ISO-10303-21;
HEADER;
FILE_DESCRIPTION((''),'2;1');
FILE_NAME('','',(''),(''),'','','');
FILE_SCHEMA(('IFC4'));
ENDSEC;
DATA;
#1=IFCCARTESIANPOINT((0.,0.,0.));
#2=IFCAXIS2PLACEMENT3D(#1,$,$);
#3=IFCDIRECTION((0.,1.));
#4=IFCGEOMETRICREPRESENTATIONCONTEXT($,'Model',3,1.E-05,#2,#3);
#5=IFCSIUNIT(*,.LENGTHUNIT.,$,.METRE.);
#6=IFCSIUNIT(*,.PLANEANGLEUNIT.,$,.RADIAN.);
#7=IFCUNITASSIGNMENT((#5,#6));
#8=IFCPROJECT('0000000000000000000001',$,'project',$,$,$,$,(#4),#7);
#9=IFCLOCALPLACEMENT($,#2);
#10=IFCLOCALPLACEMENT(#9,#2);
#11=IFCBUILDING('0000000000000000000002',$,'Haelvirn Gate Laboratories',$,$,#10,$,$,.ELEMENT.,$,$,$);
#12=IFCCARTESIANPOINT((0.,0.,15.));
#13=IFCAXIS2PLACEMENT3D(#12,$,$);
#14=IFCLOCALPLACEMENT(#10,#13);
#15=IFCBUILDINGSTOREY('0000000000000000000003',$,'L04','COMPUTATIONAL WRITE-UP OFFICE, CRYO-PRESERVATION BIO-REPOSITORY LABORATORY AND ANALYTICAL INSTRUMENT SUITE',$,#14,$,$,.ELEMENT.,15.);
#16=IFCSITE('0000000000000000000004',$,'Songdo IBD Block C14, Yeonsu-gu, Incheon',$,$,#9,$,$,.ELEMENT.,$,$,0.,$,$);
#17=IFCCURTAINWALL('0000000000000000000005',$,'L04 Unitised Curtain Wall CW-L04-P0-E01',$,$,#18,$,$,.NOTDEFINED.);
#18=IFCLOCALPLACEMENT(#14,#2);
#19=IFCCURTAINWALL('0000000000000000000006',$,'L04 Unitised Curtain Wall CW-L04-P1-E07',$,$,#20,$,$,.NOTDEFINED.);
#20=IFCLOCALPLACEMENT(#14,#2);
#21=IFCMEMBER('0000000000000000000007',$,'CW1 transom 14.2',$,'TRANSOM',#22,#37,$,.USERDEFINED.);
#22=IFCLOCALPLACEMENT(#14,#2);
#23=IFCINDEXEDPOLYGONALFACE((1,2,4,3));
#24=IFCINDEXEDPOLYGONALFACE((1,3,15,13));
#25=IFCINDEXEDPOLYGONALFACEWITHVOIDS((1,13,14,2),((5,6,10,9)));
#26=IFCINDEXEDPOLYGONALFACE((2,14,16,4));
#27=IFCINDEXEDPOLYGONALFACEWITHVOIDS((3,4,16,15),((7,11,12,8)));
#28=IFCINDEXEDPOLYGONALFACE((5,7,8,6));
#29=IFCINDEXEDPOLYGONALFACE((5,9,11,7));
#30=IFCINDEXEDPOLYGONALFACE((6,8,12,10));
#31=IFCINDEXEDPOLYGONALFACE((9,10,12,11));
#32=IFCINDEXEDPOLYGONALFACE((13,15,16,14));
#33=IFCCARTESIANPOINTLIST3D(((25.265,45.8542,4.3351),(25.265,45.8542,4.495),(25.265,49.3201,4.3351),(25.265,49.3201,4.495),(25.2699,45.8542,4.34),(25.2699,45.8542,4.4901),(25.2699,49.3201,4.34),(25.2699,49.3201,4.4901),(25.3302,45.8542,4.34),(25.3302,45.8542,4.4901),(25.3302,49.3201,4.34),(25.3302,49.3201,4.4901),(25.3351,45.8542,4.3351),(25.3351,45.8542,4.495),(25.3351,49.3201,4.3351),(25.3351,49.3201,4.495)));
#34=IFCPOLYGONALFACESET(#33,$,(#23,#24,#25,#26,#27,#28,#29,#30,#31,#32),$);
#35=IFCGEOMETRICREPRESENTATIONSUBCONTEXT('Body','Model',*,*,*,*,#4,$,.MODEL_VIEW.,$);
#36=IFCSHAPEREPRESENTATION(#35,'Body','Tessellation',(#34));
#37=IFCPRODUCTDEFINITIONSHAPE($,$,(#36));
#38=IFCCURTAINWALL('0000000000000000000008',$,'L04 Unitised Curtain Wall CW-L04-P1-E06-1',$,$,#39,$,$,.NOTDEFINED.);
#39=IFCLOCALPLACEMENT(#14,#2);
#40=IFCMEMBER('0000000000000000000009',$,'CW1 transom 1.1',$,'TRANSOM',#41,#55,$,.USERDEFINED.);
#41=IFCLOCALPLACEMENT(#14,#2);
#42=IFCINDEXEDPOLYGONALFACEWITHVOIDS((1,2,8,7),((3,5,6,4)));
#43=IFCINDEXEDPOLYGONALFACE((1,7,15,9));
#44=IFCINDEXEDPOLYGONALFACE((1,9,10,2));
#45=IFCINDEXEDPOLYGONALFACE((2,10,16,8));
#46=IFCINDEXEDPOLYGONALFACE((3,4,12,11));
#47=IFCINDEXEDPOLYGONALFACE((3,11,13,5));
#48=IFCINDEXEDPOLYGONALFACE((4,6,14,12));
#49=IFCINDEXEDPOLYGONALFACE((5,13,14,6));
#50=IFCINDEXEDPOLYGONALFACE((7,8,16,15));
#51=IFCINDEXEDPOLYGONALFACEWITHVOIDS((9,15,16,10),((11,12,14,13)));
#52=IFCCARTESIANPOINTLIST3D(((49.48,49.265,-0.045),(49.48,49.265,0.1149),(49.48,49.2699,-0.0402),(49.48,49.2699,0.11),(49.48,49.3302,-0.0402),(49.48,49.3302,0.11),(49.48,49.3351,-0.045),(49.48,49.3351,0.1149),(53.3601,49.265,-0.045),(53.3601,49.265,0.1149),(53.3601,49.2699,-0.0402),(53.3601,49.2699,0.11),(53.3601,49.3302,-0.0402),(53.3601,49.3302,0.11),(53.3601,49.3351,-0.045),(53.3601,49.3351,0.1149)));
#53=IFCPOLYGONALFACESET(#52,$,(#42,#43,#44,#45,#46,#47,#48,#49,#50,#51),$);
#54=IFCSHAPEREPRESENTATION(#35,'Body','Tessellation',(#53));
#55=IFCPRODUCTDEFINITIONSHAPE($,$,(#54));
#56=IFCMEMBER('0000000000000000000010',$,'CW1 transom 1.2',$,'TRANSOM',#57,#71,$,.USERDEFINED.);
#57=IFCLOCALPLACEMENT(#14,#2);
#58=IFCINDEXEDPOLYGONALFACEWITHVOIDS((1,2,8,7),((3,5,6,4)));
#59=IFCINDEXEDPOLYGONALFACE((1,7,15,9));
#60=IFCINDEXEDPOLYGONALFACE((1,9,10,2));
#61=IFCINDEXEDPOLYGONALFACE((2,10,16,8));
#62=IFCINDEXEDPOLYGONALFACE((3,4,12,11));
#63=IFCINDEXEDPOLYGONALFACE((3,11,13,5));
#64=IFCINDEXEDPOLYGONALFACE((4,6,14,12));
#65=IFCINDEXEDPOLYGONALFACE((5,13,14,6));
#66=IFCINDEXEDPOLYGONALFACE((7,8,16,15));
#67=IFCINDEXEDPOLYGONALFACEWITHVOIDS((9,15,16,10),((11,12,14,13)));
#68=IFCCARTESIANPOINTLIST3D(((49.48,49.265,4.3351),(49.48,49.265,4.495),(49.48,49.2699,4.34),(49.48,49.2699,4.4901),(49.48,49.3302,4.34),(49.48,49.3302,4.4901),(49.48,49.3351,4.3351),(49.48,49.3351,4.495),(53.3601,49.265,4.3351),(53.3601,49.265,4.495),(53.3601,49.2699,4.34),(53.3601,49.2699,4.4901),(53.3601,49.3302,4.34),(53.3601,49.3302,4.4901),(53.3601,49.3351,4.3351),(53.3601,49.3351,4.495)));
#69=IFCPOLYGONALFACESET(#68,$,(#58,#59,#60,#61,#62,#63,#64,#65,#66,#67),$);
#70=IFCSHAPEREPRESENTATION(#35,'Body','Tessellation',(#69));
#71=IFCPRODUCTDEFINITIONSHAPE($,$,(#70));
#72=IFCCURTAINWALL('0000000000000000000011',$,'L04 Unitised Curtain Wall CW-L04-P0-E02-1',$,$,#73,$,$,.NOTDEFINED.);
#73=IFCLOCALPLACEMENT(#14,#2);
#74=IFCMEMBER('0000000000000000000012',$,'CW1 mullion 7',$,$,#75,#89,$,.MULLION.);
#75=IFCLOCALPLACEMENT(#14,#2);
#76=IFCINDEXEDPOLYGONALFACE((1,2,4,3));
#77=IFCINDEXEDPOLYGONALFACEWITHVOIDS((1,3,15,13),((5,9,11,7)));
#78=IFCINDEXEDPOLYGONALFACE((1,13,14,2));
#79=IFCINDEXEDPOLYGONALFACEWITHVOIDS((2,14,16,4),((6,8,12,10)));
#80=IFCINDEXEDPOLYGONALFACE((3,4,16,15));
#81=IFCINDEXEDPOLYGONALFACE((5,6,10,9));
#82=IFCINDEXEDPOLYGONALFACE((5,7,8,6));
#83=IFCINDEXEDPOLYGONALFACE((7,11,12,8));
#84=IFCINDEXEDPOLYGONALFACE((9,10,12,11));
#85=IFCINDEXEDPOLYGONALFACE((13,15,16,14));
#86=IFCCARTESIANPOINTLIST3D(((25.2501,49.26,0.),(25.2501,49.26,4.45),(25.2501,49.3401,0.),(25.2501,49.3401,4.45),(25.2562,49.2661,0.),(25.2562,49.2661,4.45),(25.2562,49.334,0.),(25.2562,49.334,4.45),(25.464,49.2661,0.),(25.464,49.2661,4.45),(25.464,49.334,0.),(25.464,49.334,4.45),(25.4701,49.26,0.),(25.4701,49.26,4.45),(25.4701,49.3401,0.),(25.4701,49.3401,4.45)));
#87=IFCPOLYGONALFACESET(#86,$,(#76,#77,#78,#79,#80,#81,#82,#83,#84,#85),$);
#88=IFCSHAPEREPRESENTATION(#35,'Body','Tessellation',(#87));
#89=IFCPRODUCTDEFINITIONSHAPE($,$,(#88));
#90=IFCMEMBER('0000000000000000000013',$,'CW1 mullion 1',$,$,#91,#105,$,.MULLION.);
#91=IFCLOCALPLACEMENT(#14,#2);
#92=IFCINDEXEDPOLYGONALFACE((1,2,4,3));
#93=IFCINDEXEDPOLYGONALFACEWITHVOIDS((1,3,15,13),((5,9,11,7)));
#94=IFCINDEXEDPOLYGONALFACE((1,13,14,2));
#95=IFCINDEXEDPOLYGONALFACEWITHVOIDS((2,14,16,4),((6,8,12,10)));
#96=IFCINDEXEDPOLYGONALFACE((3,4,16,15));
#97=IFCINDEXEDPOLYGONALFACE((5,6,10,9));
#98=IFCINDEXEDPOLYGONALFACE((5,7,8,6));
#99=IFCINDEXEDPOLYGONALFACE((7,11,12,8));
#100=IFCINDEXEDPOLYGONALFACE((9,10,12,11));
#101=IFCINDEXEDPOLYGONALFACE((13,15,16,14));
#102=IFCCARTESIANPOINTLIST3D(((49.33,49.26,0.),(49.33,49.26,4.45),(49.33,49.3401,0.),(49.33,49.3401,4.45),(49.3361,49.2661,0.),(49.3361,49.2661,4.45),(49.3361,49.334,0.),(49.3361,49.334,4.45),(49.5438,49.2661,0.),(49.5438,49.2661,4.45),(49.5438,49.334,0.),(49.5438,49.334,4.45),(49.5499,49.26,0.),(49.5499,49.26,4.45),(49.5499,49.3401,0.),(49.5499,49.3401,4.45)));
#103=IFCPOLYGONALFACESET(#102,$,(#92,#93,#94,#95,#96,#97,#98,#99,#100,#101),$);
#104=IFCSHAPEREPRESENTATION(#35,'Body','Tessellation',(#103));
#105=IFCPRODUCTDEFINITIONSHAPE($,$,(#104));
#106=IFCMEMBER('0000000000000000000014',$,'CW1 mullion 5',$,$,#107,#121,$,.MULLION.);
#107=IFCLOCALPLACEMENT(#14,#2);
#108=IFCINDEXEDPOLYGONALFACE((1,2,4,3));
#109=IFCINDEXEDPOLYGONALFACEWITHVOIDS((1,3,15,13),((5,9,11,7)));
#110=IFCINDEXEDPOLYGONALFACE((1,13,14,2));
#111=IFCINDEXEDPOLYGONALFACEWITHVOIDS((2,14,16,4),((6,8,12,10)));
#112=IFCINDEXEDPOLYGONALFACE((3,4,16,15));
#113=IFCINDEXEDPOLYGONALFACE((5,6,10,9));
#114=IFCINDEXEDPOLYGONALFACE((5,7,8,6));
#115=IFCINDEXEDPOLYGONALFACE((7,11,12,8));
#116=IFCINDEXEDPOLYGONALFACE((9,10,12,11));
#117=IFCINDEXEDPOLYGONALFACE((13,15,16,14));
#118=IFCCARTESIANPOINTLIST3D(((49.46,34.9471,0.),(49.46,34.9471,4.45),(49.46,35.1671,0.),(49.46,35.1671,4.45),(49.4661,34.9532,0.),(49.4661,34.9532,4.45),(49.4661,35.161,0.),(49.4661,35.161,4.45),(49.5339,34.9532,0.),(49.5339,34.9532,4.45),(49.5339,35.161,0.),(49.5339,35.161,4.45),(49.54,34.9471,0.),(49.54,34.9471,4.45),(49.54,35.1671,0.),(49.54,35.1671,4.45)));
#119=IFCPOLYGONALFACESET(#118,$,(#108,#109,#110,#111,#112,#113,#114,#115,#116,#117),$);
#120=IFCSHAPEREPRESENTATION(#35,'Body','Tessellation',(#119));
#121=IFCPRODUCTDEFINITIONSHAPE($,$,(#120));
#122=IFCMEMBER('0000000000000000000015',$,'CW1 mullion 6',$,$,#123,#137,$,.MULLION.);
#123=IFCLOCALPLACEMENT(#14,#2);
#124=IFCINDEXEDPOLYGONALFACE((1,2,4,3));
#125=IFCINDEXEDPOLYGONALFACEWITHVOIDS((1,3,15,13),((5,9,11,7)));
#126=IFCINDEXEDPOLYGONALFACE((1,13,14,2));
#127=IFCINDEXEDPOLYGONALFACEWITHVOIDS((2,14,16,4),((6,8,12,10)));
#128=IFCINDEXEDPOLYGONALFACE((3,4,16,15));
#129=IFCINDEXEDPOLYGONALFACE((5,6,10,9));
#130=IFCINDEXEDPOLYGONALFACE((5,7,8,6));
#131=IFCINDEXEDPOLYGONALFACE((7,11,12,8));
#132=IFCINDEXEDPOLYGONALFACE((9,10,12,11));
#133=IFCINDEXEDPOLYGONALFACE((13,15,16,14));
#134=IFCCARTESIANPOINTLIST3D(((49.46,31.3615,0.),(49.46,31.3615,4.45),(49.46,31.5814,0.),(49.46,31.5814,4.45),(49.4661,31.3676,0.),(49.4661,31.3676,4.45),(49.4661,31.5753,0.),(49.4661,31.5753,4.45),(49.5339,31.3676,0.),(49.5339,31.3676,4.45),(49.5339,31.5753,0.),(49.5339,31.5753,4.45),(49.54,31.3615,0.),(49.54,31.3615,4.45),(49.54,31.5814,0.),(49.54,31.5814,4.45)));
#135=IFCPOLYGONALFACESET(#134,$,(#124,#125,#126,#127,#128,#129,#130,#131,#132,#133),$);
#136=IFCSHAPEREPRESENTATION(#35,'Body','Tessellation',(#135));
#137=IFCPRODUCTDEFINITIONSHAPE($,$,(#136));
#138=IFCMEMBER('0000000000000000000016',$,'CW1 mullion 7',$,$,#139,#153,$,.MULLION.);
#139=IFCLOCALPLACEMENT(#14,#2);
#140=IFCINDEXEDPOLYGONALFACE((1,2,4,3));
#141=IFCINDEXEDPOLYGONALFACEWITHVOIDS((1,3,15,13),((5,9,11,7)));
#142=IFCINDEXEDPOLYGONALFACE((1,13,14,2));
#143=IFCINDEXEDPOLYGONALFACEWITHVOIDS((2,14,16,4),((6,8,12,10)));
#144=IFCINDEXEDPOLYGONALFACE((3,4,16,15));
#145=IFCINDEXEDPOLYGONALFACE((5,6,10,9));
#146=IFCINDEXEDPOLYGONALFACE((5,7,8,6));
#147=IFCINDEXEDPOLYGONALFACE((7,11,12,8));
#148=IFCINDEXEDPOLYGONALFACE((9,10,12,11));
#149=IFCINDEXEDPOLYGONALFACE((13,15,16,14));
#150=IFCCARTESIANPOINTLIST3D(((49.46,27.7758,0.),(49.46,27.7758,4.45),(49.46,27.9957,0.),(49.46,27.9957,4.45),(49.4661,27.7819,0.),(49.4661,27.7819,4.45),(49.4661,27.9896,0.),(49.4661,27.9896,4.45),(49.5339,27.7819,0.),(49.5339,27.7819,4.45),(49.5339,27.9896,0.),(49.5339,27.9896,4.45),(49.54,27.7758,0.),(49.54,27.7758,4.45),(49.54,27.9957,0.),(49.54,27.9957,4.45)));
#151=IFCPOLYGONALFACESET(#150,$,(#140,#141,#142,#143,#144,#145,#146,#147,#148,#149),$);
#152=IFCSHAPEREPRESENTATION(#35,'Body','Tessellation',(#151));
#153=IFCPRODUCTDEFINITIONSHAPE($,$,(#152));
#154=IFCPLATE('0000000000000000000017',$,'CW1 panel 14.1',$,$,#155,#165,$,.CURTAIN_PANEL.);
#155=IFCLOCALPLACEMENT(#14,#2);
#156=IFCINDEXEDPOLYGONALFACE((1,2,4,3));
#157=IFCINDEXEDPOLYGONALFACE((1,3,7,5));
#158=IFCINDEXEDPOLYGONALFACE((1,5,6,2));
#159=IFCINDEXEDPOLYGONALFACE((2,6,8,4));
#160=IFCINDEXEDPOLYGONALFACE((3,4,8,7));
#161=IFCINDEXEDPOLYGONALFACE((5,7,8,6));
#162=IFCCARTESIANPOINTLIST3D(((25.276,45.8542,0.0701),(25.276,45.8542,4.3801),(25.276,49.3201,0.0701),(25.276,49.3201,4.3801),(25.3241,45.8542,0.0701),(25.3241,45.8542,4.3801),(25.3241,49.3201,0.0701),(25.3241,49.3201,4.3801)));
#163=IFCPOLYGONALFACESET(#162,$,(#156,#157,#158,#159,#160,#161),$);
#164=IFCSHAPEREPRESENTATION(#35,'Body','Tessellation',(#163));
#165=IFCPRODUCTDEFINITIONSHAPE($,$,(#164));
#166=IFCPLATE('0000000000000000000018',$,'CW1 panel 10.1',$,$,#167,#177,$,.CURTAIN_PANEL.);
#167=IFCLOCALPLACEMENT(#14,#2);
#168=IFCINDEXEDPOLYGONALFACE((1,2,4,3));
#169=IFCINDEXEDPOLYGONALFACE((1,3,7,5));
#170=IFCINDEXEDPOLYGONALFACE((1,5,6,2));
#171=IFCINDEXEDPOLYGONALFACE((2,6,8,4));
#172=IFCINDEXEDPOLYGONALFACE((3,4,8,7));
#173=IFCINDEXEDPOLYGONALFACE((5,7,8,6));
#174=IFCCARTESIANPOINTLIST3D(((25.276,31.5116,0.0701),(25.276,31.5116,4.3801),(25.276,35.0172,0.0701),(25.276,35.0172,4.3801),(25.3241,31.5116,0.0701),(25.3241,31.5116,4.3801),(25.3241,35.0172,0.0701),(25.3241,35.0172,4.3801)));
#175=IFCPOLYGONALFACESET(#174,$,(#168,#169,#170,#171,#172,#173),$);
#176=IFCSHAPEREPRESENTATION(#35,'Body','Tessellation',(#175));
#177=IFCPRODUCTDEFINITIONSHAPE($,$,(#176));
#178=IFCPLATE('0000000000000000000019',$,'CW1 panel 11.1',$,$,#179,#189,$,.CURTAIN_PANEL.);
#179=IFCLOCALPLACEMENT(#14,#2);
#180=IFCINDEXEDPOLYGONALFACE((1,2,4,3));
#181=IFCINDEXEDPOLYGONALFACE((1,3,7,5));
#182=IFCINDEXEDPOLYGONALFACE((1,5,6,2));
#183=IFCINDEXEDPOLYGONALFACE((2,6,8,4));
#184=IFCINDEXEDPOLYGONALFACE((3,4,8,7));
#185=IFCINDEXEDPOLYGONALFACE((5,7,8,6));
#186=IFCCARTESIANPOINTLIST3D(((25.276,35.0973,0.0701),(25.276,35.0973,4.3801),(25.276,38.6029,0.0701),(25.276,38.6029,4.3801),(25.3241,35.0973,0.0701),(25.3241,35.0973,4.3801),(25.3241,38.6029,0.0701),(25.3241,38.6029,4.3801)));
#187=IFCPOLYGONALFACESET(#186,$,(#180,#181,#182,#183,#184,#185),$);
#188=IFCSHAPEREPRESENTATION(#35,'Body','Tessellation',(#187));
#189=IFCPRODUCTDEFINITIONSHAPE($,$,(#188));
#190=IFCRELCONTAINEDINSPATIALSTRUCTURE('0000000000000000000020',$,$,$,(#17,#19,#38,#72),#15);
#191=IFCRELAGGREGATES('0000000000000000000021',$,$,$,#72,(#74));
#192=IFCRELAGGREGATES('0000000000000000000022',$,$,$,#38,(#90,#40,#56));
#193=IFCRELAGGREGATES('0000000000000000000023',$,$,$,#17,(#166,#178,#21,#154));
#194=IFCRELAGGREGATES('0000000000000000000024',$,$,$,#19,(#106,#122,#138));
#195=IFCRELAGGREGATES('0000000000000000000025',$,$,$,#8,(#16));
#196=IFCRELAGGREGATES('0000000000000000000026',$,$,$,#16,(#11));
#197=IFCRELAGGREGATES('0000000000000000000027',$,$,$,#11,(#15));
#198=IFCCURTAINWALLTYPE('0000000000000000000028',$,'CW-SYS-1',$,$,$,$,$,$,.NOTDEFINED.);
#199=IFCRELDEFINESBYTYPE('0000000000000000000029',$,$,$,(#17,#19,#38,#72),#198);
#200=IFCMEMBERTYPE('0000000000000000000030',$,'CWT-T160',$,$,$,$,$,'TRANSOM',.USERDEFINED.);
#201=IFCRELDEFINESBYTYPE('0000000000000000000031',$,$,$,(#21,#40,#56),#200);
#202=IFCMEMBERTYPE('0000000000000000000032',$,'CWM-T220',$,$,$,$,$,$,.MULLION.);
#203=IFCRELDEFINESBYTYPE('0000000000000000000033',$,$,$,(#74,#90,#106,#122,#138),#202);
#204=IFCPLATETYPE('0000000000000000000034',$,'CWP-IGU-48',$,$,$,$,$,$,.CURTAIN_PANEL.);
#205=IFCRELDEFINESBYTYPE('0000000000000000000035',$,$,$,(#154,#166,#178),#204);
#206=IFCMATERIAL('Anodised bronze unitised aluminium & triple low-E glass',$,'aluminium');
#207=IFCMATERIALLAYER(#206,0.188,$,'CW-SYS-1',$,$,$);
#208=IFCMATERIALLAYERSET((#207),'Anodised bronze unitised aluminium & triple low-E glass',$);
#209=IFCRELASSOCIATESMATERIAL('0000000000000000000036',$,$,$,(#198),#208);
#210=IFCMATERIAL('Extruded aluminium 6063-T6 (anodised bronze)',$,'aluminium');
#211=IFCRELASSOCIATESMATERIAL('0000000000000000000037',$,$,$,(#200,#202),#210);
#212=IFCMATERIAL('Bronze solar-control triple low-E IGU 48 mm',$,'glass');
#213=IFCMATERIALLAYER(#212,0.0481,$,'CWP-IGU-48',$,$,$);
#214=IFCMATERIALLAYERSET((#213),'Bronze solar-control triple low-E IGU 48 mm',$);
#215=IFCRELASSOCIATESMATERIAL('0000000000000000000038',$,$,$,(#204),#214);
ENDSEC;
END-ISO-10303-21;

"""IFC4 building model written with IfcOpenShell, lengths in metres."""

from ifc_helpers import new_model, si_unit, direction, frame, origin, origin_2d, place, context, subcontext, project, spatial, rectangle, hollow_rectangle, extrude, source, transform, mapped, material, layer, layer_set, material_profile, profile_set, type_object, type_shapes, element, aggregate, save


model = new_model("IFC4")

# Units and contexts
model_context = context("Model", 3, precision=1e-05, world=origin(), true_north=direction((0.0, 1.0)))
body_context = subcontext(model_context, "Body", "Model", "MODEL_VIEW")
ifc_project = project(units=[si_unit("LENGTHUNIT", "METRE"), si_unit("PLANEANGLEUNIT", "RADIAN")], contexts=[model_context])

# Site, building, storey
site_placement = place(None, origin())
site = spatial("IfcSite", under=ifc_project, at=site_placement, Name="Songdo IBD Block C14, Yeonsu-gu, Incheon", CompositionType="ELEMENT", RefElevation=0.0)
building_placement = place(site_placement, origin())
building = spatial("IfcBuilding", under=site, at=building_placement, Name="Haelvirn Gate Laboratories", CompositionType="ELEMENT")
storey_placement = place(building_placement, frame((0.0, 0.0, 15.0)))
storey = spatial("IfcBuildingStorey", under=building, at=storey_placement, Name="L04", Description="COMPUTATIONAL WRITE-UP OFFICE, CRYO-PRESERVATION BIO-REPOSITORY LABORATORY AND ANALYTICAL INSTRUMENT SUITE", CompositionType="ELEMENT", Elevation=15.0)

# Curtain walls
ifc_material_1 = material(Name="Anodised bronze unitised aluminium & triple low-E glass", Category="aluminium")
ifc_layer_1 = layer(ifc_material_1, 0.188, Name="CW-SYS-1")
ifc_layer_set_1 = layer_set([ifc_layer_1], Name="Anodised bronze unitised aluminium & triple low-E glass")
curtain_wall_type = type_object("IfcCurtainWallType", Name="CW-SYS-1", PredefinedType="NOTDEFINED", material=ifc_layer_set_1)
curtain_wall_1_placement = place(storey_placement, origin())
curtain_wall_1 = element("IfcCurtainWall", 1, at=curtain_wall_1_placement, inside=storey, type_object=curtain_wall_type, Name="L04 Unitised Curtain Wall CW-L04-P0-E01", PredefinedType="NOTDEFINED")
ifc_material_2 = material(Name="Extruded aluminium 6063-T6 (anodised bronze)", Category="aluminium")
ifc_material_profile_1 = material_profile(ifc_material_2, hollow_rectangle(XDim=0.0701, YDim=0.1599, WallThickness=0.0049, at=origin_2d()), Name="CWT-160x70x5")
ifc_profile_set_1 = profile_set([ifc_material_profile_1], Name="Extruded aluminium 6063-T6 (anodised bronze)")
member_type_1 = type_object("IfcMemberType", Name="CWT-T160", ElementType="TRANSOM", PredefinedType="USERDEFINED", material=ifc_profile_set_1)
curtain_wall_2_placement = place(storey_placement, origin())
curtain_wall_2 = element("IfcCurtainWall", 2, at=curtain_wall_2_placement, inside=storey, type_object=curtain_wall_type, Name="L04 Unitised Curtain Wall CW-L04-P1-E07", PredefinedType="NOTDEFINED")

# Member
shared_shape_1 = source(origin(), body_context, "Body", "SweptSolid", [
    extrude(hollow_rectangle(XDim=0.0701, YDim=0.1599, WallThickness=0.0049, at=origin_2d()), origin(), (0.0, 0.0, 1.0), 3.4658),
])
member_1_placement = place(storey_placement, frame((25.3, 45.8542, 4.415), z_axis=(0.0, 1.0, 0.0), x_axis=(-1.0, 0.0, 0.0)))
member_1 = element("IfcMember", 3, at=member_1_placement, type_object=member_type_1, Name="CW1 transom 14.2", ObjectType="TRANSOM", PredefinedType="USERDEFINED", context=body_context, shape_type="MappedRepresentation", body=[
    mapped(shared_shape_1, transform((0.0, 0.0, 0.0), scale=1.0)),
])

# Curtain wall, members
curtain_wall_3_placement = place(storey_placement, origin())
curtain_wall_3 = element("IfcCurtainWall", 4, at=curtain_wall_3_placement, inside=storey, type_object=curtain_wall_type, Name="L04 Unitised Curtain Wall CW-L04-P1-E06-1", PredefinedType="NOTDEFINED")
shared_shape_2 = source(origin(), body_context, "Body", "SweptSolid", [
    extrude(hollow_rectangle(XDim=0.0701, YDim=0.1599, WallThickness=0.0049, at=origin_2d()), origin(), (0.0, 0.0, 1.0), 3.8801),
])
member_2_placement = place(storey_placement, frame((49.48, 49.3, 0.0349), z_axis=(1.0, 0.0, 0.0), x_axis=(0.0, 1.0, 0.0)))
member_2 = element("IfcMember", 5, at=member_2_placement, type_object=member_type_1, Name="CW1 transom 1.1", ObjectType="TRANSOM", PredefinedType="USERDEFINED", context=body_context, shape_type="MappedRepresentation", body=[
    mapped(shared_shape_2, transform((0.0, 0.0, 0.0), scale=1.0)),
])
member_3_placement = place(storey_placement, frame((49.48, 49.3, 4.415), z_axis=(1.0, 0.0, 0.0), x_axis=(0.0, 1.0, 0.0)))
member_3 = element("IfcMember", 6, at=member_3_placement, type_object=member_type_1, Name="CW1 transom 1.2", ObjectType="TRANSOM", PredefinedType="USERDEFINED", context=body_context, shape_type="MappedRepresentation", body=[
    mapped(shared_shape_2, transform((0.0, 0.0, 0.0), scale=1.0)),
])

# Curtain wall, member
curtain_wall_4_placement = place(storey_placement, origin())
curtain_wall_4 = element("IfcCurtainWall", 7, at=curtain_wall_4_placement, inside=storey, type_object=curtain_wall_type, Name="L04 Unitised Curtain Wall CW-L04-P0-E02-1", PredefinedType="NOTDEFINED")
ifc_material_profile_2 = material_profile(ifc_material_2, hollow_rectangle(XDim=0.0801, YDim=0.22, WallThickness=0.0061, at=origin_2d()), Name="CWM-220x80x6")
ifc_profile_set_2 = profile_set([ifc_material_profile_2], Name="Extruded aluminium 6063-T6 (anodised bronze)")
member_type_2 = type_object("IfcMemberType", Name="CWM-T220", PredefinedType="MULLION", material=ifc_profile_set_2)
shared_shape_3 = source(origin(), body_context, "Body", "SweptSolid", [
    extrude(hollow_rectangle(XDim=0.0801, YDim=0.22, WallThickness=0.0061, at=origin_2d()), origin(), (0.0, 0.0, 1.0), 4.45),
])
type_shapes(member_type_2, [shared_shape_3])
member_4_placement = place(storey_placement, frame((25.3601, 49.3, 0.0), z_axis=(0.0, 0.0, 1.0), x_axis=(0.0, 1.0, 0.0)))
member_4 = element("IfcMember", 8, at=member_4_placement, type_object=member_type_2, Name="CW1 mullion 7", PredefinedType="MULLION", context=body_context, shape_type="MappedRepresentation", body=[
    mapped(shared_shape_3, transform((0.0, 0.0, 0.0), scale=1.0)),
])
aggregate(curtain_wall_4, [member_4])

# Members
member_5_placement = place(storey_placement, frame((49.4399, 49.3, 0.0), z_axis=(0.0, 0.0, 1.0), x_axis=(0.0, 1.0, 0.0)))
member_5 = element("IfcMember", 9, at=member_5_placement, type_object=member_type_2, Name="CW1 mullion 1", PredefinedType="MULLION", context=body_context, shape_type="MappedRepresentation", body=[
    mapped(shared_shape_3, transform((0.0, 0.0, 0.0), scale=1.0)),
])
aggregate(curtain_wall_3, [member_5, member_2, member_3])
member_6_placement = place(storey_placement, frame((49.5, 35.0571, 0.0), z_axis=(0.0, 0.0, 1.0), x_axis=(1.0, 0.0, 0.0)))
member_6 = element("IfcMember", 10, at=member_6_placement, type_object=member_type_2, Name="CW1 mullion 5", PredefinedType="MULLION", context=body_context, shape_type="MappedRepresentation", body=[
    mapped(shared_shape_3, transform((0.0, 0.0, 0.0), scale=1.0)),
])
member_7_placement = place(storey_placement, frame((49.5, 31.4714, 0.0), z_axis=(0.0, 0.0, 1.0), x_axis=(1.0, 0.0, 0.0)))
member_7 = element("IfcMember", 11, at=member_7_placement, type_object=member_type_2, Name="CW1 mullion 6", PredefinedType="MULLION", context=body_context, shape_type="MappedRepresentation", body=[
    mapped(shared_shape_3, transform((0.0, 0.0, 0.0), scale=1.0)),
])
member_8_placement = place(storey_placement, frame((49.5, 27.8857, 0.0), z_axis=(0.0, 0.0, 1.0), x_axis=(1.0, 0.0, 0.0)))
member_8 = element("IfcMember", 12, at=member_8_placement, type_object=member_type_2, Name="CW1 mullion 7", PredefinedType="MULLION", context=body_context, shape_type="MappedRepresentation", body=[
    mapped(shared_shape_3, transform((0.0, 0.0, 0.0), scale=1.0)),
])

# Plates
ifc_material_3 = material(Name="Bronze solar-control triple low-E IGU 48 mm", Category="glass")
ifc_layer_2 = layer(ifc_material_3, 0.0481, Name="CWP-IGU-48")
ifc_layer_set_2 = layer_set([ifc_layer_2], Name="Bronze solar-control triple low-E IGU 48 mm")
plate_type = type_object("IfcPlateType", Name="CWP-IGU-48", PredefinedType="CURTAIN_PANEL", material=ifc_layer_set_2)
shared_shape_4 = source(origin(), body_context, "Body", "SweptSolid", [
    extrude(rectangle(XDim=3.4658, YDim=0.0481, at=origin_2d()), origin(), (0.0, 0.0, 1.0), 4.3101),
])
plate_1_placement = place(storey_placement, frame((25.3, 47.5872, 0.0701), z_axis=(0.0, 0.0, 1.0), x_axis=(0.0, 1.0, 0.0)))
plate_1 = element("IfcPlate", 13, at=plate_1_placement, type_object=plate_type, Name="CW1 panel 14.1", PredefinedType="CURTAIN_PANEL", context=body_context, shape_type="MappedRepresentation", body=[
    mapped(shared_shape_4, transform((0.0, 0.0, 0.0), scale=1.0)),
])
shared_shape_5 = source(origin(), body_context, "Body", "SweptSolid", [
    extrude(rectangle(XDim=3.5056, YDim=0.0481, at=origin_2d()), origin(), (0.0, 0.0, 1.0), 4.3101),
])
type_shapes(plate_type, [shared_shape_4, shared_shape_5])
plate_2_placement = place(storey_placement, frame((25.3, 33.2644, 0.0701), z_axis=(0.0, 0.0, 1.0), x_axis=(0.0, 1.0, 0.0)))
plate_2 = element("IfcPlate", 14, at=plate_2_placement, type_object=plate_type, Name="CW1 panel 10.1", PredefinedType="CURTAIN_PANEL", context=body_context, shape_type="MappedRepresentation", body=[
    mapped(shared_shape_5, transform((0.0, 0.0, 0.0), scale=1.0)),
])
plate_3_placement = place(storey_placement, frame((25.3, 36.8501, 0.0701), z_axis=(0.0, 0.0, 1.0), x_axis=(0.0, 1.0, 0.0)))
plate_3 = element("IfcPlate", 15, at=plate_3_placement, type_object=plate_type, Name="CW1 panel 11.1", PredefinedType="CURTAIN_PANEL", context=body_context, shape_type="MappedRepresentation", body=[
    mapped(shared_shape_5, transform((0.0, 0.0, 0.0), scale=1.0)),
])
aggregate(curtain_wall_1, [plate_2, plate_3, member_1, plate_1])
aggregate(curtain_wall_2, [member_6, member_7, member_8])

save(model, "model.ifc")
